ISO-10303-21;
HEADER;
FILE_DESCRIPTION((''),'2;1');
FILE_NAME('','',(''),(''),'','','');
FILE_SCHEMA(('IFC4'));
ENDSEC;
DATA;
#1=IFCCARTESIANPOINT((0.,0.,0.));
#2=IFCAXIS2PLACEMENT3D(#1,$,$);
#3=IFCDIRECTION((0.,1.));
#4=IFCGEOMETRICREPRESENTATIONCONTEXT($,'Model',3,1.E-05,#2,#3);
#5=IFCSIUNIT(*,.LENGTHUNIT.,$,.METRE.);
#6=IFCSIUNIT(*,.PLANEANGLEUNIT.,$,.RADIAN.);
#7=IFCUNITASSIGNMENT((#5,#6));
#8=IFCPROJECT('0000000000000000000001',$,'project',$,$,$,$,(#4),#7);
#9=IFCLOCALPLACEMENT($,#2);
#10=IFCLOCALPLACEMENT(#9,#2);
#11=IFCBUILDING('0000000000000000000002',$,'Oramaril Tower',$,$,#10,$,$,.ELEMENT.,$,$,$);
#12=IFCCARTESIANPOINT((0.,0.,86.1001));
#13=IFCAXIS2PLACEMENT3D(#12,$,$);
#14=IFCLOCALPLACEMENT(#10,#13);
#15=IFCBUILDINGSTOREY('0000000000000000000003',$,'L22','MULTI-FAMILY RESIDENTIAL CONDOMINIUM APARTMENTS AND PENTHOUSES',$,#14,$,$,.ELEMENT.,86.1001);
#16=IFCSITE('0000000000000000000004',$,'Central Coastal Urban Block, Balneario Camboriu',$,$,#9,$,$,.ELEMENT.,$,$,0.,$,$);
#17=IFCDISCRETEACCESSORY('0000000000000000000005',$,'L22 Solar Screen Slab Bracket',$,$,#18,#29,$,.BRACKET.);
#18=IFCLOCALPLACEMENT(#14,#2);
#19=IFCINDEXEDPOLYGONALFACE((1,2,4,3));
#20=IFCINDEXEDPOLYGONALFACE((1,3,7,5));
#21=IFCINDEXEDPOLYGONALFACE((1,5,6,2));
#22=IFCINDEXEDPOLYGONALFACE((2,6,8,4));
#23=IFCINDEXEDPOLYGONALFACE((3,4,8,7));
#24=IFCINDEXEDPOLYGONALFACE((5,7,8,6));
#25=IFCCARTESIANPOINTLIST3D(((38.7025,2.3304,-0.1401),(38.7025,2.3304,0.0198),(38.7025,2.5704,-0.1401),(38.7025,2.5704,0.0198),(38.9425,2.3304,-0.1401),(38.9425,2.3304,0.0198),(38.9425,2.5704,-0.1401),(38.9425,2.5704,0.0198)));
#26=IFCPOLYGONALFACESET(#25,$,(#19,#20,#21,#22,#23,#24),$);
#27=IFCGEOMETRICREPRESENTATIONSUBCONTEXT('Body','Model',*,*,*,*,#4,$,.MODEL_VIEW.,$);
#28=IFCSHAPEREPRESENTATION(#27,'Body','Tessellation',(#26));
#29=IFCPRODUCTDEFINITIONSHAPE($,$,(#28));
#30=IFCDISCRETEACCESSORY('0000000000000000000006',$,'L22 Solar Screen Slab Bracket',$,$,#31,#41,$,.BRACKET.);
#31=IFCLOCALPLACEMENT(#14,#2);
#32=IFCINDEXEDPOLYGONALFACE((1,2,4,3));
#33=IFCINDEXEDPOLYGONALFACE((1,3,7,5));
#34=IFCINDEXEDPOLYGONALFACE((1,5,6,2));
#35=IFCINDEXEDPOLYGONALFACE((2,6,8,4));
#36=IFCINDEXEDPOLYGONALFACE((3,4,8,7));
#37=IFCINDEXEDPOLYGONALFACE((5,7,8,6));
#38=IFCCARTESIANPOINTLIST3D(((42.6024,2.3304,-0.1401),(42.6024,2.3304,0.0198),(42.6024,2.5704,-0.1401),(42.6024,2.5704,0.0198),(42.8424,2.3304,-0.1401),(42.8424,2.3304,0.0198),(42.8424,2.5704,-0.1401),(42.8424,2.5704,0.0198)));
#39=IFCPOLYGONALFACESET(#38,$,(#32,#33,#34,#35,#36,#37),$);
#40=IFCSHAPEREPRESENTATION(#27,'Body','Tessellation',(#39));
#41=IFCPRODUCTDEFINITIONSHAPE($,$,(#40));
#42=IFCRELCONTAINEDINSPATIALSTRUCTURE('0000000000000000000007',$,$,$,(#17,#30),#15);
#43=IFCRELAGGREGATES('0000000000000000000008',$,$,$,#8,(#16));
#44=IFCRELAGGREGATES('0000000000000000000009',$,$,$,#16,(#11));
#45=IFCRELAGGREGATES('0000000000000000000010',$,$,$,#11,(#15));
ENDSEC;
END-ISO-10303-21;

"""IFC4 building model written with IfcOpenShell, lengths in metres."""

from ifc_helpers import new_model, si_unit, direction, frame, origin, origin_2d, place, context, subcontext, project, spatial, rectangle, extrude, element, save


model = new_model("IFC4")

# Units and contexts
model_context = context("Model", 3, precision=1e-05, world=origin(), true_north=direction((0.0, 1.0)))
body_context = subcontext(model_context, "Body", "Model", "MODEL_VIEW")
ifc_project = project(units=[si_unit("LENGTHUNIT", "METRE"), si_unit("PLANEANGLEUNIT", "RADIAN")], contexts=[model_context])

# Site, building, storey
site_placement = place(None, origin())
site = spatial("IfcSite", under=ifc_project, at=site_placement, Name="Central Coastal Urban Block, Balneario Camboriu", CompositionType="ELEMENT", RefElevation=0.0)
building_placement = place(site_placement, origin())
building = spatial("IfcBuilding", under=site, at=building_placement, Name="Oramaril Tower", CompositionType="ELEMENT")
storey_placement = place(building_placement, frame((0.0, 0.0, 86.1001)))
storey = spatial("IfcBuildingStorey", under=building, at=storey_placement, Name="L22", Description="MULTI-FAMILY RESIDENTIAL CONDOMINIUM APARTMENTS AND PENTHOUSES", CompositionType="ELEMENT", Elevation=86.1001)

# Discrete accessories
for number, where, z_axis, x_axis, name in (
    (1, (38.8225, 2.4504, -0.1401), (0.0, 0.0, 1.0), (1.0, 0.0, 0.0), "L22 Solar Screen Slab Bracket"),
    (2, (42.7224, 2.4504, -0.1401), (0.0, 0.0, 1.0), (1.0, 0.0, 0.0), "L22 Solar Screen Slab Bracket"),
):
    element("IfcDiscreteAccessory", number, at=place(storey_placement, frame(where, z_axis=z_axis, x_axis=x_axis)), inside=storey, Name=name, PredefinedType="BRACKET", context=body_context, shape_type="SweptSolid", body=[
        extrude(rectangle(XDim=0.24, YDim=0.24, at=origin_2d()), origin(), (0.0, 0.0, 1.0), 0.1599),
    ])

save(model, "model.ifc")
